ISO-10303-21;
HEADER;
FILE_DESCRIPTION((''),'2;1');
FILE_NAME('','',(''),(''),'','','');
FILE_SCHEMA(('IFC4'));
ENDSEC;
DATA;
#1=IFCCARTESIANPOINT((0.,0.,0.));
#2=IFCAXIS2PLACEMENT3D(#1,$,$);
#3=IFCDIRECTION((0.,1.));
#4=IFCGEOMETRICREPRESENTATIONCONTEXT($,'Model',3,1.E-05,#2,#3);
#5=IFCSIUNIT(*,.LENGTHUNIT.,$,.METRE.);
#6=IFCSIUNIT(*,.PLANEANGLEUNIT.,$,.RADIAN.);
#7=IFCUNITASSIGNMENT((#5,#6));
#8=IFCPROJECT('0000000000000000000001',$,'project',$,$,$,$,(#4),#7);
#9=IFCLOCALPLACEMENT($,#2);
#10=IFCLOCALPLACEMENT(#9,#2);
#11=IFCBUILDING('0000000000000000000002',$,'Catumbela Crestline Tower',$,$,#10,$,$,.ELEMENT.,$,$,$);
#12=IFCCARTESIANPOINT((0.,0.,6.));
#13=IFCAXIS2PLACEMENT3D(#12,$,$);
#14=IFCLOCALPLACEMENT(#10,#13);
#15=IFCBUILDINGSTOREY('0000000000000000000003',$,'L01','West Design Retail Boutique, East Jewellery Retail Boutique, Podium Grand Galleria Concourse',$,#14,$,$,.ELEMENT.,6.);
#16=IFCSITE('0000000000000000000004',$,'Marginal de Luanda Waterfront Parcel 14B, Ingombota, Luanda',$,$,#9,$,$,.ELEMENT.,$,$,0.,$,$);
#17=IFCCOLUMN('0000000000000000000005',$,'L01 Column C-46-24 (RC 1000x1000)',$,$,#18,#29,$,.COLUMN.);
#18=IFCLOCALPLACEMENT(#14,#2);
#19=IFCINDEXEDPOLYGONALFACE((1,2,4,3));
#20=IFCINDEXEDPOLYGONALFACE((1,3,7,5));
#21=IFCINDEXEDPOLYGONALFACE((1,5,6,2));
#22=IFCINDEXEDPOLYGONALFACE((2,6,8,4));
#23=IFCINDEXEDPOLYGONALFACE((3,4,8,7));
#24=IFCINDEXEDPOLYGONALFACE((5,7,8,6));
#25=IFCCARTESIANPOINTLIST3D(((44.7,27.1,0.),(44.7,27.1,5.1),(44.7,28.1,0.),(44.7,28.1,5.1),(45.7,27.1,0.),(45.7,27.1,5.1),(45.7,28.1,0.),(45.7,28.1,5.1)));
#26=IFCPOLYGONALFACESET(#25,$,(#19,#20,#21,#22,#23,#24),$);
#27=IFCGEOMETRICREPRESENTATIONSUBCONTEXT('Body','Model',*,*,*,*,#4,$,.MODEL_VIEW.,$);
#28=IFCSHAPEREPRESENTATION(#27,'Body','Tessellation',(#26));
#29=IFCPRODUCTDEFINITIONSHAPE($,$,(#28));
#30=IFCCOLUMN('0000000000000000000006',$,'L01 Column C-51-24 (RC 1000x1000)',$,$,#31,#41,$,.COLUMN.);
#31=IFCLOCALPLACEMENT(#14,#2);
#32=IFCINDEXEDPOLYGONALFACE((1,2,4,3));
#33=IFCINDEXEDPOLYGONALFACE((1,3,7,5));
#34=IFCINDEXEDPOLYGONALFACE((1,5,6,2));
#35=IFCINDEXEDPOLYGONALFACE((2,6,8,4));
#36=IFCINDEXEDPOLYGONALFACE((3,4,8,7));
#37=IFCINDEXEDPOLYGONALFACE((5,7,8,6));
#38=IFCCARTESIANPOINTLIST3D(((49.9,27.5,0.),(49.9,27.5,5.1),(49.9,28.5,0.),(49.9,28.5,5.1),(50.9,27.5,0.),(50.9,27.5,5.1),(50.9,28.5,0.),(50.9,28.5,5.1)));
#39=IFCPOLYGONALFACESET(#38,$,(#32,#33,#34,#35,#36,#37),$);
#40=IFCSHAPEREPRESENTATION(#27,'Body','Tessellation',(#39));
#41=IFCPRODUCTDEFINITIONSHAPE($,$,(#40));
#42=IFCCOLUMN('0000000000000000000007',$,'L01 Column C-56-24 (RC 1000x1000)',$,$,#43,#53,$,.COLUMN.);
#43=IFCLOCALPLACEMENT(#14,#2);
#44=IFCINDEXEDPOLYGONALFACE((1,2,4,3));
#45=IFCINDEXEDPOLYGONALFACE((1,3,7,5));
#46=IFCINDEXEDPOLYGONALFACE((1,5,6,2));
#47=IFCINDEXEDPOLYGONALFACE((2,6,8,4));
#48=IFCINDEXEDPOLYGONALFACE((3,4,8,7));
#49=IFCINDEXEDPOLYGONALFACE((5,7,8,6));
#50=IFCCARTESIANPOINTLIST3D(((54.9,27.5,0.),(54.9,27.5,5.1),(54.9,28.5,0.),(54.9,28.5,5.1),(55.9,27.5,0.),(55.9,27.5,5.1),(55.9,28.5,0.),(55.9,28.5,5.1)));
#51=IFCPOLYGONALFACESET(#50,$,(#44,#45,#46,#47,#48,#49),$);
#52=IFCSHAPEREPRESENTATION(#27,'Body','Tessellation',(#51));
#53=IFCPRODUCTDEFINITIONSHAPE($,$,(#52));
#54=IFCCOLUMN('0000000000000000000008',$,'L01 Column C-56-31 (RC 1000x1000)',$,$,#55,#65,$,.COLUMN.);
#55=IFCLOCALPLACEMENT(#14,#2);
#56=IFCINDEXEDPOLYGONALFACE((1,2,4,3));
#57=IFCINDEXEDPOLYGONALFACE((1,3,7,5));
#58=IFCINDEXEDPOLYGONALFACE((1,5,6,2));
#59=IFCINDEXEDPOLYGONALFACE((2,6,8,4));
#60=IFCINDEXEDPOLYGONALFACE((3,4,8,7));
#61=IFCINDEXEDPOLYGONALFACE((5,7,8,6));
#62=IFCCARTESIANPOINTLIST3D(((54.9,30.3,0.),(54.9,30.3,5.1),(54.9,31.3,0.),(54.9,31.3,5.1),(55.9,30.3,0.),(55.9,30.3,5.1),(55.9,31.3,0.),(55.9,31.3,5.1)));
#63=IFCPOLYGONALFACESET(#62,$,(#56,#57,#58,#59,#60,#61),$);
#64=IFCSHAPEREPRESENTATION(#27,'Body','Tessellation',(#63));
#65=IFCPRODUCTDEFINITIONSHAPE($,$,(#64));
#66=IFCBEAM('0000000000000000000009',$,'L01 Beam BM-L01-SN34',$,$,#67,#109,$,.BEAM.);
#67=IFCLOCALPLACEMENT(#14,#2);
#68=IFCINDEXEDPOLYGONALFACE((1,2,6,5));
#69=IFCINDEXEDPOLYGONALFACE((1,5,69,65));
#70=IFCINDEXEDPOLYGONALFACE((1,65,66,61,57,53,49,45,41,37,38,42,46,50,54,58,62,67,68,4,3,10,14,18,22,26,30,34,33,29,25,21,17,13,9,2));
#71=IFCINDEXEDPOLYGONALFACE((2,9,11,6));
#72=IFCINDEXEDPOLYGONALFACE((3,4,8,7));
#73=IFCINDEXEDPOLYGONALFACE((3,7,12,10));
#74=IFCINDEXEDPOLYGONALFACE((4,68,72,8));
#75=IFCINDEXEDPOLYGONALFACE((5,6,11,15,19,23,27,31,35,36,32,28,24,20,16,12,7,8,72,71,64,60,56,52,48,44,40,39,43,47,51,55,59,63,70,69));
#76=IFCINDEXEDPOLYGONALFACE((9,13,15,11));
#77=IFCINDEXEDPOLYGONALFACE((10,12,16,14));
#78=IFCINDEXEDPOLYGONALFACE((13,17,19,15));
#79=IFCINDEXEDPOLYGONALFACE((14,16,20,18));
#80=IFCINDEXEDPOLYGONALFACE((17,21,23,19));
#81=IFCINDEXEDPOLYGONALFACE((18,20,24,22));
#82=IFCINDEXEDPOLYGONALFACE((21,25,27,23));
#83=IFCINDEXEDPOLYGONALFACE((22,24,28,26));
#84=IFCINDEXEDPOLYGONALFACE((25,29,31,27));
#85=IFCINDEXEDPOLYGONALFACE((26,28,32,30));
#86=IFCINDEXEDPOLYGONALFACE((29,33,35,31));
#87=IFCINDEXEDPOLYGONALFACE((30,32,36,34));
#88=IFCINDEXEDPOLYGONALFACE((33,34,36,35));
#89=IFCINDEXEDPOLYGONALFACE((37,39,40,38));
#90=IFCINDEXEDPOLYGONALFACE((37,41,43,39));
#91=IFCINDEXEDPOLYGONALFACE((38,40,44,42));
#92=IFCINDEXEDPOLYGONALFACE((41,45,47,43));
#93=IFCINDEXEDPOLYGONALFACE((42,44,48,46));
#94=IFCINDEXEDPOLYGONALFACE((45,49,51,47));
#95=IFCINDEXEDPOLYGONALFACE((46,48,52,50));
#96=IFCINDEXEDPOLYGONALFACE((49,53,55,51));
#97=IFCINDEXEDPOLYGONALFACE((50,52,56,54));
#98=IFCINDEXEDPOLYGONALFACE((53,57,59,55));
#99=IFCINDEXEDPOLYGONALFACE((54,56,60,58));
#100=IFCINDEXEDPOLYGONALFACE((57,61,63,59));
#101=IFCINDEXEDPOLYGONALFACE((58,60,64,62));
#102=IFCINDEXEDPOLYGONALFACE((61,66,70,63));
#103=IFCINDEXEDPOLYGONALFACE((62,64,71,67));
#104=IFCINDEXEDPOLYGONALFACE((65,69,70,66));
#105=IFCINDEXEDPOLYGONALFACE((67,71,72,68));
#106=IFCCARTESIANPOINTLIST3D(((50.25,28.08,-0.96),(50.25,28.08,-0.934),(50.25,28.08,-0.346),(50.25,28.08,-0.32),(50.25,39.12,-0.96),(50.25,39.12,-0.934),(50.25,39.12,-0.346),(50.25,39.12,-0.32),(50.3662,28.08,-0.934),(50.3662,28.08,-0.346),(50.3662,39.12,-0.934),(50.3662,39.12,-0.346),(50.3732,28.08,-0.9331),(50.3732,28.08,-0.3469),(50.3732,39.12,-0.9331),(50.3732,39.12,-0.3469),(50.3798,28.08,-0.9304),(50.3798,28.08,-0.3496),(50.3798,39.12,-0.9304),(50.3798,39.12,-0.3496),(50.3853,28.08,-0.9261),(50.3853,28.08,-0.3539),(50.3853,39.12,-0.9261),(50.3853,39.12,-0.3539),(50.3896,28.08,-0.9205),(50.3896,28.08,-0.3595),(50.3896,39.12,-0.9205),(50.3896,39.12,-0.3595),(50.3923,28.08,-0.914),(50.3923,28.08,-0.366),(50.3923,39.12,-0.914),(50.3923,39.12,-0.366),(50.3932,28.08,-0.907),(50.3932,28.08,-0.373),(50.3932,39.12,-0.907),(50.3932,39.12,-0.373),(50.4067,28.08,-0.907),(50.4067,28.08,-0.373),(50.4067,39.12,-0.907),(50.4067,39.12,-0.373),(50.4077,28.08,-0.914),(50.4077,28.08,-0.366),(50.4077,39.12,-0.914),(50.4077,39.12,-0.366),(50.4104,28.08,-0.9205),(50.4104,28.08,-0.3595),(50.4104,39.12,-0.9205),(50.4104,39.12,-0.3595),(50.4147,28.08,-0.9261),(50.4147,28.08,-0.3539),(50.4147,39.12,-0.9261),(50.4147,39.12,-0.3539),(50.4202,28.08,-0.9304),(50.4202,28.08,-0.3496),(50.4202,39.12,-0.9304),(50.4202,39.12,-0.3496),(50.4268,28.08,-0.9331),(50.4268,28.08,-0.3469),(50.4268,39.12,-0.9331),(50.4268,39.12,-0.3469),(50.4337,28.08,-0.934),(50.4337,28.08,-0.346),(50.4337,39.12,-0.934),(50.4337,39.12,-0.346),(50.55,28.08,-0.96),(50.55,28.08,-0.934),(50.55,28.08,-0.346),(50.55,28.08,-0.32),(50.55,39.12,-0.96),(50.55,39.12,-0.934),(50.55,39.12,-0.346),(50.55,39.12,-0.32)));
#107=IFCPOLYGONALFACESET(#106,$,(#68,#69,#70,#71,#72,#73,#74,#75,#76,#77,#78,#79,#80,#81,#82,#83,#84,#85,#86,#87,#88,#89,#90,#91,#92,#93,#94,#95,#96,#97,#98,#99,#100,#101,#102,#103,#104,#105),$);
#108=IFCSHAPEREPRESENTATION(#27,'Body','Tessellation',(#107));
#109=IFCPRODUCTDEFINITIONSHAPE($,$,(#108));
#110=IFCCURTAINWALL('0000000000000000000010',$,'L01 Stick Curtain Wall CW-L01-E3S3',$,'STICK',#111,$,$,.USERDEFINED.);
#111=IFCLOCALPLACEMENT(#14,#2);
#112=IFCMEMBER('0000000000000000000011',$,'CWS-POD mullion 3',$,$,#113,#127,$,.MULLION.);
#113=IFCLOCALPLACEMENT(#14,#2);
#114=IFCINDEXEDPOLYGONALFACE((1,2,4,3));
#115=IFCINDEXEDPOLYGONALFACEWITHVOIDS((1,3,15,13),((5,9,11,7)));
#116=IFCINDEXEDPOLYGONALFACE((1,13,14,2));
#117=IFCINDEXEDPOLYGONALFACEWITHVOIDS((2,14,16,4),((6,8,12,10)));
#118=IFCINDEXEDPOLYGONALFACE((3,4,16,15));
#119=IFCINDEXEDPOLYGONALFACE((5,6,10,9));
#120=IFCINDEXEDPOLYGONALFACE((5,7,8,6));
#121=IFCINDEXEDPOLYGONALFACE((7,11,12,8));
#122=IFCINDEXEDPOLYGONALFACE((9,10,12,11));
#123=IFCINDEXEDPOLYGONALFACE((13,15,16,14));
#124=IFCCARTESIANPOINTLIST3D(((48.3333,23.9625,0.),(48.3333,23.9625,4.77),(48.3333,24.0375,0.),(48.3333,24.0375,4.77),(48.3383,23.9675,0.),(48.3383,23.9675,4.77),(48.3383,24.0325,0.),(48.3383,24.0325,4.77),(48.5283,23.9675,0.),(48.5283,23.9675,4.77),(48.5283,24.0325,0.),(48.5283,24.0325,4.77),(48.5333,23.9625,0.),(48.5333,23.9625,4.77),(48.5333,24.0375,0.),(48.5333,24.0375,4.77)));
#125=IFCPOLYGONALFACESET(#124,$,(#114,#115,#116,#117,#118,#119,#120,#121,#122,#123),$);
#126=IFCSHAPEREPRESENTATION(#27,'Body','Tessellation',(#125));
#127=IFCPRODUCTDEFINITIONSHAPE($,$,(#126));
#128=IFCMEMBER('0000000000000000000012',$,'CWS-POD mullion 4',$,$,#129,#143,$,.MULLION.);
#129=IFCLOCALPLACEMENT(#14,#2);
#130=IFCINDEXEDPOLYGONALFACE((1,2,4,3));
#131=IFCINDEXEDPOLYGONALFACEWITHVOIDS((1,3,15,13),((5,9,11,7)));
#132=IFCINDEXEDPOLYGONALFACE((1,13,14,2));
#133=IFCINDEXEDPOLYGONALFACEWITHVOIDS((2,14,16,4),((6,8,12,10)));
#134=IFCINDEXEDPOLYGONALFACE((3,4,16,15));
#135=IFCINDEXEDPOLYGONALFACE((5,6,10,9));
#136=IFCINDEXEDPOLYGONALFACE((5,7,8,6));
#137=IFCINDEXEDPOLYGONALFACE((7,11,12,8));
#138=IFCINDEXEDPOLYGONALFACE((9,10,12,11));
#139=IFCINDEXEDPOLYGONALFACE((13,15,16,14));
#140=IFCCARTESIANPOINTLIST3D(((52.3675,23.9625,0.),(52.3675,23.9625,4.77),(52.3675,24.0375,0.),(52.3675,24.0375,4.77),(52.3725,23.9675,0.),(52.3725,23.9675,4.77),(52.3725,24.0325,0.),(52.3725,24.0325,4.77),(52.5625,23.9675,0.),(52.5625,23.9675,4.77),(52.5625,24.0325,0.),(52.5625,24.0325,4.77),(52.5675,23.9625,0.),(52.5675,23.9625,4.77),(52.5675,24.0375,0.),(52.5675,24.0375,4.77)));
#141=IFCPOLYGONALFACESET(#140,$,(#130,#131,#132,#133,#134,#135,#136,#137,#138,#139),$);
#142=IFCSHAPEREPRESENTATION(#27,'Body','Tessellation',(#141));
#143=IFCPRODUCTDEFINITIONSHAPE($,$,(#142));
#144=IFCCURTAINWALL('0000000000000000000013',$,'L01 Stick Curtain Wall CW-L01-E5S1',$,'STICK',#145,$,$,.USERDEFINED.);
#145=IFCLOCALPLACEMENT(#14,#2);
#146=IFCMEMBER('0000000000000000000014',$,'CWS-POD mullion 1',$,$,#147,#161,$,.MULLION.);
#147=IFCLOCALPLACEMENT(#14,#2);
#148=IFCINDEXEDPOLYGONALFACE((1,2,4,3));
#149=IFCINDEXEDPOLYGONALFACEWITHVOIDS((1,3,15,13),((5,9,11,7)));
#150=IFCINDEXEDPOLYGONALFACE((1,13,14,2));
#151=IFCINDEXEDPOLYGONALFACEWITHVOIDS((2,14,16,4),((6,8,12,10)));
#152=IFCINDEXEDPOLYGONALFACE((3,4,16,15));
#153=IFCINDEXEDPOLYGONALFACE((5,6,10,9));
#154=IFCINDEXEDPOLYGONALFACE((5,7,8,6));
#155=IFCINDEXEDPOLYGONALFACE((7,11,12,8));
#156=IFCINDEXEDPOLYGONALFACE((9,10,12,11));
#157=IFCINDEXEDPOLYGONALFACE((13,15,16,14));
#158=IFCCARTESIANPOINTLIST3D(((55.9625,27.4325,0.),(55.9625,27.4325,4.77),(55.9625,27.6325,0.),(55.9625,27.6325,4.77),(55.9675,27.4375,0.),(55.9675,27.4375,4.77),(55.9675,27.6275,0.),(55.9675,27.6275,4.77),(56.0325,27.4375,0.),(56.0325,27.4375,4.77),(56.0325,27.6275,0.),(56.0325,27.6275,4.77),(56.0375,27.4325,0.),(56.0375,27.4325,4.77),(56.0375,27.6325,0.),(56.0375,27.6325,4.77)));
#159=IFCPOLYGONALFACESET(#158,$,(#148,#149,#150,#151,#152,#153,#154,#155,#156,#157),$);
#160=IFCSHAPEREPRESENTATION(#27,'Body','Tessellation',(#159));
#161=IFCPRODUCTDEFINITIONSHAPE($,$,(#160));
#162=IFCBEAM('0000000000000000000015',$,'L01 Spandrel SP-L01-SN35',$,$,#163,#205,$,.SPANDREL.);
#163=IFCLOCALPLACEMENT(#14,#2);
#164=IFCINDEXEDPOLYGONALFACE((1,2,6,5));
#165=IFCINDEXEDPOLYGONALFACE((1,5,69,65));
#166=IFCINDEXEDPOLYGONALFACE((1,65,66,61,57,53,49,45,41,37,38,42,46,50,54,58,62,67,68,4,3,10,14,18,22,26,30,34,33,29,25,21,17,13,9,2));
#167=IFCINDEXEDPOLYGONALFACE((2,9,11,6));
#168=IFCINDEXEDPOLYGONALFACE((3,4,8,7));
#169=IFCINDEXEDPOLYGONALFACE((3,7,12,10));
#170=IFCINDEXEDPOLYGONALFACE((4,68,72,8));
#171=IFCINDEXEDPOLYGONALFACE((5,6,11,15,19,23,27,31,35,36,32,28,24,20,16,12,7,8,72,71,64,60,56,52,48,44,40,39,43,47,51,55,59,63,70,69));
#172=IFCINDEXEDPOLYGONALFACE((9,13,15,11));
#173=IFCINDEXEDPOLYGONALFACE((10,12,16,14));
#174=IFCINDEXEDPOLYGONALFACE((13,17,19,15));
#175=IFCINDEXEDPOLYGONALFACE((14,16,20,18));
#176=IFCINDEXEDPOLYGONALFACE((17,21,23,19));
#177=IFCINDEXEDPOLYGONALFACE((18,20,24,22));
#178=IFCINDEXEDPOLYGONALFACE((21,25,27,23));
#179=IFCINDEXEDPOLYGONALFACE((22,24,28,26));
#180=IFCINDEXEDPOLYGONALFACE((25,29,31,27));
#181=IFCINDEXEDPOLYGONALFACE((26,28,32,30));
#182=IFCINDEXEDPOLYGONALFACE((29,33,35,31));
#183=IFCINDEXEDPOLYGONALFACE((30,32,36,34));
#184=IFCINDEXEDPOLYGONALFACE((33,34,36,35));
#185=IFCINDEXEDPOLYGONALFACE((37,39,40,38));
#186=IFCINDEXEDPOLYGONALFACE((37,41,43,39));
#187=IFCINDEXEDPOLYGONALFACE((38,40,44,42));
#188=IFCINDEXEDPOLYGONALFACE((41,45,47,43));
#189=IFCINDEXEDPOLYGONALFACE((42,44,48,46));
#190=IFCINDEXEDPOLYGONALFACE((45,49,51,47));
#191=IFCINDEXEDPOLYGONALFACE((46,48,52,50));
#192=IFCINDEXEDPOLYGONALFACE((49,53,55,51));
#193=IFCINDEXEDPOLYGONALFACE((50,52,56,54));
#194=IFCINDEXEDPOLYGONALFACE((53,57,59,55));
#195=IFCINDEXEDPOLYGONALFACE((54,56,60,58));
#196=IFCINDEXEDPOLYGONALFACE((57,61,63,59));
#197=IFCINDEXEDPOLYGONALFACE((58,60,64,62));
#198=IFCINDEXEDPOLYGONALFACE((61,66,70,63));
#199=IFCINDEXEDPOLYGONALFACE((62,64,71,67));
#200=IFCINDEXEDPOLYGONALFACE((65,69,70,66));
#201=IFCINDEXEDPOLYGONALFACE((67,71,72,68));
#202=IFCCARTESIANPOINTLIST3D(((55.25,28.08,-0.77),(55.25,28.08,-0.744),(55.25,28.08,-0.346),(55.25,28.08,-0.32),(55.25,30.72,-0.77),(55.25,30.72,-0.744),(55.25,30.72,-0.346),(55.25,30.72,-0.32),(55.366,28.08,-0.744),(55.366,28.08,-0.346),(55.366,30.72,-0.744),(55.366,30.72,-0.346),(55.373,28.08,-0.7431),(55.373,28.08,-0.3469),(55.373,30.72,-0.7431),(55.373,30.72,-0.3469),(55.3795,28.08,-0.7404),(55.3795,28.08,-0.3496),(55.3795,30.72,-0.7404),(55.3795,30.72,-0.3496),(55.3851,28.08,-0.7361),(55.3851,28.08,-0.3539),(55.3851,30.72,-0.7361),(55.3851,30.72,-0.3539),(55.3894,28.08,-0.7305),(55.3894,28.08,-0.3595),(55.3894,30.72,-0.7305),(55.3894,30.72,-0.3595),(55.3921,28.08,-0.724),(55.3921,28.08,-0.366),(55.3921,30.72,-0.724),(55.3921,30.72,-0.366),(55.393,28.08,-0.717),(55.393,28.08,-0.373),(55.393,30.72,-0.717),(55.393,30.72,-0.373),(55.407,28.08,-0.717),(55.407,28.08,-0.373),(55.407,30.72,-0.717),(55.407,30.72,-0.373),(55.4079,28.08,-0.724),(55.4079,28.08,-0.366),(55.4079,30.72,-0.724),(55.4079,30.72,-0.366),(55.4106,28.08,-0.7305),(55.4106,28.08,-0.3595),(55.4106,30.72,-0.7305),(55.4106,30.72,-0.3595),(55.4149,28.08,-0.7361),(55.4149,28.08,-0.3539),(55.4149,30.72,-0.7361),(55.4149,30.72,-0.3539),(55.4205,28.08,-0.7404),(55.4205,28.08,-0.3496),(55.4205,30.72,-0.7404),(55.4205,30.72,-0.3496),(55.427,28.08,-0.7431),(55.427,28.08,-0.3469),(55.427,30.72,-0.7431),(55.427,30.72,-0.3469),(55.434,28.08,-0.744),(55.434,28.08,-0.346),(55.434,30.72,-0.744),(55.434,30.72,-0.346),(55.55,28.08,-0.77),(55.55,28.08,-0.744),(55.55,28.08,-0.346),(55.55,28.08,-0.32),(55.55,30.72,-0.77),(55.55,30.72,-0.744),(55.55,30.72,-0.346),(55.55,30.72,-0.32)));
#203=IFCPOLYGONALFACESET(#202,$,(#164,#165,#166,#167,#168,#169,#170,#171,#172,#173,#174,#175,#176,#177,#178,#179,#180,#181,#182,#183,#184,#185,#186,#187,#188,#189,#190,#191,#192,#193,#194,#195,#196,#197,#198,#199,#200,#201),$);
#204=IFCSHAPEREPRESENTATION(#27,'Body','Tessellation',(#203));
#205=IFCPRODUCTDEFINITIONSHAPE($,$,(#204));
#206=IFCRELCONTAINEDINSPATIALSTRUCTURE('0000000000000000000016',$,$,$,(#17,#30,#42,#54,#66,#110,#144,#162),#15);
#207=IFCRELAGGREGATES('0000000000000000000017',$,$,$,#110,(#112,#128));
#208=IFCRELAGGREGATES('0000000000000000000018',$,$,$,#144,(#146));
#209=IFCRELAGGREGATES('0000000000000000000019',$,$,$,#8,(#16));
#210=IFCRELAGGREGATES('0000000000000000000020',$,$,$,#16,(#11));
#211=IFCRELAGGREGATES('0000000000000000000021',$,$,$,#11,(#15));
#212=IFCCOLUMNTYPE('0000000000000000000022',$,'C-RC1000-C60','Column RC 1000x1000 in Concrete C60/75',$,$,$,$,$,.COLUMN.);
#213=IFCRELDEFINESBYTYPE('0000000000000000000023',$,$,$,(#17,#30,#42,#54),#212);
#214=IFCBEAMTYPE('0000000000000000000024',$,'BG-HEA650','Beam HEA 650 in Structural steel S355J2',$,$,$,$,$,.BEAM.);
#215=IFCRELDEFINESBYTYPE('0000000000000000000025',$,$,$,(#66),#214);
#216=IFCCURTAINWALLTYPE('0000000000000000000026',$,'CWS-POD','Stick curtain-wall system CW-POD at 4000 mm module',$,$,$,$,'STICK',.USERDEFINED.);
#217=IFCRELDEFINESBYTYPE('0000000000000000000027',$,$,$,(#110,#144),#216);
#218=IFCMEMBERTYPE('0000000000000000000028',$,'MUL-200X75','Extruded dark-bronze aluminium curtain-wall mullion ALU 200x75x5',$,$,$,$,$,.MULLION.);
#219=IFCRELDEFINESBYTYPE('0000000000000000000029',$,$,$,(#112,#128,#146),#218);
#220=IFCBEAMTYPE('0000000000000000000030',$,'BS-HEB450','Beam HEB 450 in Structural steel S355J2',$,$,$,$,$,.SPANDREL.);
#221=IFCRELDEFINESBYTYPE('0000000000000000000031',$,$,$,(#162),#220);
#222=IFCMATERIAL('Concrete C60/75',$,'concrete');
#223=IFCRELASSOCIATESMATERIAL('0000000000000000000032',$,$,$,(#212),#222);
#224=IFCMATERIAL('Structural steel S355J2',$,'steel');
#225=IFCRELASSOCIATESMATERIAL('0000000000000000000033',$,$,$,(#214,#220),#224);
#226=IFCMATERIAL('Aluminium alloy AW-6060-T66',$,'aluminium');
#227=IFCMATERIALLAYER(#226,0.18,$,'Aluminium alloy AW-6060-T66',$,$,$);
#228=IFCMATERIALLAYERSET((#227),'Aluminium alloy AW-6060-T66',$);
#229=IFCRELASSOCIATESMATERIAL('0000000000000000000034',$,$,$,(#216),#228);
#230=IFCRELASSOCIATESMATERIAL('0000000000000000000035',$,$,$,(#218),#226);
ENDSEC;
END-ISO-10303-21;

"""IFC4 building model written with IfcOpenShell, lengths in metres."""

from ifc_helpers import new_model, si_unit, direction, frame, origin, origin_2d, place, context, subcontext, project, spatial, rectangle, hollow_rectangle, i_section, extrude, material, layer, layer_set, material_profile, profile_set, type_object, element, aggregate, save


model = new_model("IFC4")

# Units and contexts
model_context = context("Model", 3, precision=1e-05, world=origin(), true_north=direction((0.0, 1.0)))
body_context = subcontext(model_context, "Body", "Model", "MODEL_VIEW")
ifc_project = project(units=[si_unit("LENGTHUNIT", "METRE"), si_unit("PLANEANGLEUNIT", "RADIAN")], contexts=[model_context])

# Site, building, storey
site_placement = place(None, origin())
site = spatial("IfcSite", under=ifc_project, at=site_placement, Name="Marginal de Luanda Waterfront Parcel 14B, Ingombota, Luanda", CompositionType="ELEMENT", RefElevation=0.0)
building_placement = place(site_placement, origin())
building = spatial("IfcBuilding", under=site, at=building_placement, Name="Catumbela Crestline Tower", CompositionType="ELEMENT")
storey_placement = place(building_placement, frame((0.0, 0.0, 6.0)))
storey = spatial("IfcBuildingStorey", under=building, at=storey_placement, Name="L01", Description="West Design Retail Boutique, East Jewellery Retail Boutique, Podium Grand Galleria Concourse", CompositionType="ELEMENT", Elevation=6.0)

# Columns
ifc_material_1 = material(Name="Concrete C60/75", Category="concrete")
ifc_material_profile_1 = material_profile(ifc_material_1, rectangle(XDim=1.0, YDim=1.0, at=origin_2d()), Name="RC 1000x1000")
ifc_profile_set_1 = profile_set([ifc_material_profile_1], Name="Concrete C60/75")
column_type = type_object("IfcColumnType", Name="C-RC1000-C60", Description="Column RC 1000x1000 in Concrete C60/75", PredefinedType="COLUMN", material=ifc_profile_set_1)
for number, where, z_axis, x_axis, name in (
    (1, (45.2, 27.6, 0.0), (0.0, 0.0, 1.0), (1.0, 0.0, 0.0), "L01 Column C-46-24 (RC 1000x1000)"),
    (2, (50.4, 28.0, 0.0), (0.0, 0.0, 1.0), (1.0, 0.0, 0.0), "L01 Column C-51-24 (RC 1000x1000)"),
    (3, (55.4, 28.0, 0.0), (0.0, 0.0, 1.0), (1.0, 0.0, 0.0), "L01 Column C-56-24 (RC 1000x1000)"),
    (4, (55.4, 30.8, 0.0), (0.0, 0.0, 1.0), (1.0, 0.0, 0.0), "L01 Column C-56-31 (RC 1000x1000)"),
):
    element("IfcColumn", number, at=place(storey_placement, frame(where, z_axis=z_axis, x_axis=x_axis)), inside=storey, type_object=column_type, Name=name, PredefinedType="COLUMN", context=body_context, shape_type="SweptSolid", body=[
        extrude(rectangle(XDim=1.0, YDim=1.0, at=origin_2d()), origin(), (0.0, 0.0, 1.0), 5.1),
    ])

# Beam
ifc_material_2 = material(Name="Structural steel S355J2", Category="steel")
ifc_material_profile_2 = material_profile(ifc_material_2, i_section(OverallWidth=0.3, OverallDepth=0.64, WebThickness=0.0135, FlangeThickness=0.026, FilletRadius=0.027, at=origin_2d()), Name="HEA 650")
ifc_profile_set_2 = profile_set([ifc_material_profile_2], Name="Structural steel S355J2")
beam_type_1 = type_object("IfcBeamType", Name="BG-HEA650", Description="Beam HEA 650 in Structural steel S355J2", PredefinedType="BEAM", material=ifc_profile_set_2)
beam_1_placement = place(storey_placement, frame((50.4, 28.08, -0.64), z_axis=(0.0, 1.0, 0.0), x_axis=(-1.0, 0.0, 0.0)))
element("IfcBeam", 5, at=beam_1_placement, inside=storey, type_object=beam_type_1, Name="L01 Beam BM-L01-SN34", PredefinedType="BEAM", context=body_context, shape_type="SweptSolid", body=[
    extrude(i_section(OverallWidth=0.3, OverallDepth=0.64, WebThickness=0.0135, FlangeThickness=0.026, FilletRadius=0.027, at=origin_2d()), origin(), (0.0, 0.0, 1.0), 11.04),
])

# Curtain wall, members
ifc_material_3 = material(Name="Aluminium alloy AW-6060-T66", Category="aluminium")
ifc_layer_1 = layer(ifc_material_3, 0.18, Name="Aluminium alloy AW-6060-T66")
ifc_layer_set_1 = layer_set([ifc_layer_1], Name="Aluminium alloy AW-6060-T66")
curtain_wall_type = type_object("IfcCurtainWallType", Name="CWS-POD", Description="Stick curtain-wall system CW-POD at 4000 mm module", ElementType="STICK", PredefinedType="USERDEFINED", material=ifc_layer_set_1)
curtain_wall_1_placement = place(storey_placement, origin())
curtain_wall_1 = element("IfcCurtainWall", 6, at=curtain_wall_1_placement, inside=storey, type_object=curtain_wall_type, Name="L01 Stick Curtain Wall CW-L01-E3S3", ObjectType="STICK", PredefinedType="USERDEFINED")
ifc_material_profile_3 = material_profile(ifc_material_3, hollow_rectangle(XDim=0.075, YDim=0.2, WallThickness=0.005, at=origin_2d()), Name="ALU 200x75x5")
ifc_profile_set_3 = profile_set([ifc_material_profile_3], Name="Aluminium alloy AW-6060-T66")
member_type_1 = type_object("IfcMemberType", Name="MUL-200X75", Description="Extruded dark-bronze aluminium curtain-wall mullion ALU 200x75x5", PredefinedType="MULLION", material=ifc_profile_set_3)
member_1_placement = place(storey_placement, frame((48.4333, 24.0, 0.0), z_axis=(0.0, 0.0, 1.0), x_axis=(0.0, 1.0, 0.0)))
member_1 = element("IfcMember", 7, at=member_1_placement, type_object=member_type_1, Name="CWS-POD mullion 3", PredefinedType="MULLION", context=body_context, shape_type="SweptSolid", body=[
    extrude(hollow_rectangle(XDim=0.075, YDim=0.2, WallThickness=0.005, at=origin_2d()), origin(), (0.0, 0.0, 1.0), 4.77),
])
member_2_placement = place(storey_placement, frame((52.4675, 24.0, 0.0), z_axis=(0.0, 0.0, 1.0), x_axis=(0.0, 1.0, 0.0)))
member_2 = element("IfcMember", 8, at=member_2_placement, type_object=member_type_1, Name="CWS-POD mullion 4", PredefinedType="MULLION", context=body_context, shape_type="SweptSolid", body=[
    extrude(hollow_rectangle(XDim=0.075, YDim=0.2, WallThickness=0.005, at=origin_2d()), origin(), (0.0, 0.0, 1.0), 4.77),
])

# Curtain wall, member
curtain_wall_2_placement = place(storey_placement, origin())
curtain_wall_2 = element("IfcCurtainWall", 9, at=curtain_wall_2_placement, inside=storey, type_object=curtain_wall_type, Name="L01 Stick Curtain Wall CW-L01-E5S1", ObjectType="STICK", PredefinedType="USERDEFINED")
member_3_placement = place(storey_placement, frame((56.0, 27.5325, 0.0), z_axis=(0.0, 0.0, 1.0), x_axis=(-1.0, 0.0, 0.0)))
member_3 = element("IfcMember", 10, at=member_3_placement, type_object=member_type_1, Name="CWS-POD mullion 1", PredefinedType="MULLION", context=body_context, shape_type="SweptSolid", body=[
    extrude(hollow_rectangle(XDim=0.075, YDim=0.2, WallThickness=0.005, at=origin_2d()), origin(), (0.0, 0.0, 1.0), 4.77),
])

# Beam
ifc_material_profile_4 = material_profile(ifc_material_2, i_section(OverallWidth=0.3, OverallDepth=0.45, WebThickness=0.014, FlangeThickness=0.026, FilletRadius=0.027, at=origin_2d()), Name="HEB 450")
ifc_profile_set_4 = profile_set([ifc_material_profile_4], Name="Structural steel S355J2")
beam_type_2 = type_object("IfcBeamType", Name="BS-HEB450", Description="Beam HEB 450 in Structural steel S355J2", PredefinedType="SPANDREL", material=ifc_profile_set_4)
beam_2_placement = place(storey_placement, frame((55.4, 28.08, -0.545), z_axis=(0.0, 1.0, 0.0), x_axis=(-1.0, 0.0, 0.0)))
element("IfcBeam", 11, at=beam_2_placement, inside=storey, type_object=beam_type_2, Name="L01 Spandrel SP-L01-SN35", PredefinedType="SPANDREL", context=body_context, shape_type="SweptSolid", body=[
    extrude(i_section(OverallWidth=0.3, OverallDepth=0.45, WebThickness=0.014, FlangeThickness=0.026, FilletRadius=0.027, at=origin_2d()), origin(), (0.0, 0.0, 1.0), 2.64),
])

aggregate(curtain_wall_1, [member_1, member_2])
aggregate(curtain_wall_2, [member_3])

save(model, "model.ifc")
